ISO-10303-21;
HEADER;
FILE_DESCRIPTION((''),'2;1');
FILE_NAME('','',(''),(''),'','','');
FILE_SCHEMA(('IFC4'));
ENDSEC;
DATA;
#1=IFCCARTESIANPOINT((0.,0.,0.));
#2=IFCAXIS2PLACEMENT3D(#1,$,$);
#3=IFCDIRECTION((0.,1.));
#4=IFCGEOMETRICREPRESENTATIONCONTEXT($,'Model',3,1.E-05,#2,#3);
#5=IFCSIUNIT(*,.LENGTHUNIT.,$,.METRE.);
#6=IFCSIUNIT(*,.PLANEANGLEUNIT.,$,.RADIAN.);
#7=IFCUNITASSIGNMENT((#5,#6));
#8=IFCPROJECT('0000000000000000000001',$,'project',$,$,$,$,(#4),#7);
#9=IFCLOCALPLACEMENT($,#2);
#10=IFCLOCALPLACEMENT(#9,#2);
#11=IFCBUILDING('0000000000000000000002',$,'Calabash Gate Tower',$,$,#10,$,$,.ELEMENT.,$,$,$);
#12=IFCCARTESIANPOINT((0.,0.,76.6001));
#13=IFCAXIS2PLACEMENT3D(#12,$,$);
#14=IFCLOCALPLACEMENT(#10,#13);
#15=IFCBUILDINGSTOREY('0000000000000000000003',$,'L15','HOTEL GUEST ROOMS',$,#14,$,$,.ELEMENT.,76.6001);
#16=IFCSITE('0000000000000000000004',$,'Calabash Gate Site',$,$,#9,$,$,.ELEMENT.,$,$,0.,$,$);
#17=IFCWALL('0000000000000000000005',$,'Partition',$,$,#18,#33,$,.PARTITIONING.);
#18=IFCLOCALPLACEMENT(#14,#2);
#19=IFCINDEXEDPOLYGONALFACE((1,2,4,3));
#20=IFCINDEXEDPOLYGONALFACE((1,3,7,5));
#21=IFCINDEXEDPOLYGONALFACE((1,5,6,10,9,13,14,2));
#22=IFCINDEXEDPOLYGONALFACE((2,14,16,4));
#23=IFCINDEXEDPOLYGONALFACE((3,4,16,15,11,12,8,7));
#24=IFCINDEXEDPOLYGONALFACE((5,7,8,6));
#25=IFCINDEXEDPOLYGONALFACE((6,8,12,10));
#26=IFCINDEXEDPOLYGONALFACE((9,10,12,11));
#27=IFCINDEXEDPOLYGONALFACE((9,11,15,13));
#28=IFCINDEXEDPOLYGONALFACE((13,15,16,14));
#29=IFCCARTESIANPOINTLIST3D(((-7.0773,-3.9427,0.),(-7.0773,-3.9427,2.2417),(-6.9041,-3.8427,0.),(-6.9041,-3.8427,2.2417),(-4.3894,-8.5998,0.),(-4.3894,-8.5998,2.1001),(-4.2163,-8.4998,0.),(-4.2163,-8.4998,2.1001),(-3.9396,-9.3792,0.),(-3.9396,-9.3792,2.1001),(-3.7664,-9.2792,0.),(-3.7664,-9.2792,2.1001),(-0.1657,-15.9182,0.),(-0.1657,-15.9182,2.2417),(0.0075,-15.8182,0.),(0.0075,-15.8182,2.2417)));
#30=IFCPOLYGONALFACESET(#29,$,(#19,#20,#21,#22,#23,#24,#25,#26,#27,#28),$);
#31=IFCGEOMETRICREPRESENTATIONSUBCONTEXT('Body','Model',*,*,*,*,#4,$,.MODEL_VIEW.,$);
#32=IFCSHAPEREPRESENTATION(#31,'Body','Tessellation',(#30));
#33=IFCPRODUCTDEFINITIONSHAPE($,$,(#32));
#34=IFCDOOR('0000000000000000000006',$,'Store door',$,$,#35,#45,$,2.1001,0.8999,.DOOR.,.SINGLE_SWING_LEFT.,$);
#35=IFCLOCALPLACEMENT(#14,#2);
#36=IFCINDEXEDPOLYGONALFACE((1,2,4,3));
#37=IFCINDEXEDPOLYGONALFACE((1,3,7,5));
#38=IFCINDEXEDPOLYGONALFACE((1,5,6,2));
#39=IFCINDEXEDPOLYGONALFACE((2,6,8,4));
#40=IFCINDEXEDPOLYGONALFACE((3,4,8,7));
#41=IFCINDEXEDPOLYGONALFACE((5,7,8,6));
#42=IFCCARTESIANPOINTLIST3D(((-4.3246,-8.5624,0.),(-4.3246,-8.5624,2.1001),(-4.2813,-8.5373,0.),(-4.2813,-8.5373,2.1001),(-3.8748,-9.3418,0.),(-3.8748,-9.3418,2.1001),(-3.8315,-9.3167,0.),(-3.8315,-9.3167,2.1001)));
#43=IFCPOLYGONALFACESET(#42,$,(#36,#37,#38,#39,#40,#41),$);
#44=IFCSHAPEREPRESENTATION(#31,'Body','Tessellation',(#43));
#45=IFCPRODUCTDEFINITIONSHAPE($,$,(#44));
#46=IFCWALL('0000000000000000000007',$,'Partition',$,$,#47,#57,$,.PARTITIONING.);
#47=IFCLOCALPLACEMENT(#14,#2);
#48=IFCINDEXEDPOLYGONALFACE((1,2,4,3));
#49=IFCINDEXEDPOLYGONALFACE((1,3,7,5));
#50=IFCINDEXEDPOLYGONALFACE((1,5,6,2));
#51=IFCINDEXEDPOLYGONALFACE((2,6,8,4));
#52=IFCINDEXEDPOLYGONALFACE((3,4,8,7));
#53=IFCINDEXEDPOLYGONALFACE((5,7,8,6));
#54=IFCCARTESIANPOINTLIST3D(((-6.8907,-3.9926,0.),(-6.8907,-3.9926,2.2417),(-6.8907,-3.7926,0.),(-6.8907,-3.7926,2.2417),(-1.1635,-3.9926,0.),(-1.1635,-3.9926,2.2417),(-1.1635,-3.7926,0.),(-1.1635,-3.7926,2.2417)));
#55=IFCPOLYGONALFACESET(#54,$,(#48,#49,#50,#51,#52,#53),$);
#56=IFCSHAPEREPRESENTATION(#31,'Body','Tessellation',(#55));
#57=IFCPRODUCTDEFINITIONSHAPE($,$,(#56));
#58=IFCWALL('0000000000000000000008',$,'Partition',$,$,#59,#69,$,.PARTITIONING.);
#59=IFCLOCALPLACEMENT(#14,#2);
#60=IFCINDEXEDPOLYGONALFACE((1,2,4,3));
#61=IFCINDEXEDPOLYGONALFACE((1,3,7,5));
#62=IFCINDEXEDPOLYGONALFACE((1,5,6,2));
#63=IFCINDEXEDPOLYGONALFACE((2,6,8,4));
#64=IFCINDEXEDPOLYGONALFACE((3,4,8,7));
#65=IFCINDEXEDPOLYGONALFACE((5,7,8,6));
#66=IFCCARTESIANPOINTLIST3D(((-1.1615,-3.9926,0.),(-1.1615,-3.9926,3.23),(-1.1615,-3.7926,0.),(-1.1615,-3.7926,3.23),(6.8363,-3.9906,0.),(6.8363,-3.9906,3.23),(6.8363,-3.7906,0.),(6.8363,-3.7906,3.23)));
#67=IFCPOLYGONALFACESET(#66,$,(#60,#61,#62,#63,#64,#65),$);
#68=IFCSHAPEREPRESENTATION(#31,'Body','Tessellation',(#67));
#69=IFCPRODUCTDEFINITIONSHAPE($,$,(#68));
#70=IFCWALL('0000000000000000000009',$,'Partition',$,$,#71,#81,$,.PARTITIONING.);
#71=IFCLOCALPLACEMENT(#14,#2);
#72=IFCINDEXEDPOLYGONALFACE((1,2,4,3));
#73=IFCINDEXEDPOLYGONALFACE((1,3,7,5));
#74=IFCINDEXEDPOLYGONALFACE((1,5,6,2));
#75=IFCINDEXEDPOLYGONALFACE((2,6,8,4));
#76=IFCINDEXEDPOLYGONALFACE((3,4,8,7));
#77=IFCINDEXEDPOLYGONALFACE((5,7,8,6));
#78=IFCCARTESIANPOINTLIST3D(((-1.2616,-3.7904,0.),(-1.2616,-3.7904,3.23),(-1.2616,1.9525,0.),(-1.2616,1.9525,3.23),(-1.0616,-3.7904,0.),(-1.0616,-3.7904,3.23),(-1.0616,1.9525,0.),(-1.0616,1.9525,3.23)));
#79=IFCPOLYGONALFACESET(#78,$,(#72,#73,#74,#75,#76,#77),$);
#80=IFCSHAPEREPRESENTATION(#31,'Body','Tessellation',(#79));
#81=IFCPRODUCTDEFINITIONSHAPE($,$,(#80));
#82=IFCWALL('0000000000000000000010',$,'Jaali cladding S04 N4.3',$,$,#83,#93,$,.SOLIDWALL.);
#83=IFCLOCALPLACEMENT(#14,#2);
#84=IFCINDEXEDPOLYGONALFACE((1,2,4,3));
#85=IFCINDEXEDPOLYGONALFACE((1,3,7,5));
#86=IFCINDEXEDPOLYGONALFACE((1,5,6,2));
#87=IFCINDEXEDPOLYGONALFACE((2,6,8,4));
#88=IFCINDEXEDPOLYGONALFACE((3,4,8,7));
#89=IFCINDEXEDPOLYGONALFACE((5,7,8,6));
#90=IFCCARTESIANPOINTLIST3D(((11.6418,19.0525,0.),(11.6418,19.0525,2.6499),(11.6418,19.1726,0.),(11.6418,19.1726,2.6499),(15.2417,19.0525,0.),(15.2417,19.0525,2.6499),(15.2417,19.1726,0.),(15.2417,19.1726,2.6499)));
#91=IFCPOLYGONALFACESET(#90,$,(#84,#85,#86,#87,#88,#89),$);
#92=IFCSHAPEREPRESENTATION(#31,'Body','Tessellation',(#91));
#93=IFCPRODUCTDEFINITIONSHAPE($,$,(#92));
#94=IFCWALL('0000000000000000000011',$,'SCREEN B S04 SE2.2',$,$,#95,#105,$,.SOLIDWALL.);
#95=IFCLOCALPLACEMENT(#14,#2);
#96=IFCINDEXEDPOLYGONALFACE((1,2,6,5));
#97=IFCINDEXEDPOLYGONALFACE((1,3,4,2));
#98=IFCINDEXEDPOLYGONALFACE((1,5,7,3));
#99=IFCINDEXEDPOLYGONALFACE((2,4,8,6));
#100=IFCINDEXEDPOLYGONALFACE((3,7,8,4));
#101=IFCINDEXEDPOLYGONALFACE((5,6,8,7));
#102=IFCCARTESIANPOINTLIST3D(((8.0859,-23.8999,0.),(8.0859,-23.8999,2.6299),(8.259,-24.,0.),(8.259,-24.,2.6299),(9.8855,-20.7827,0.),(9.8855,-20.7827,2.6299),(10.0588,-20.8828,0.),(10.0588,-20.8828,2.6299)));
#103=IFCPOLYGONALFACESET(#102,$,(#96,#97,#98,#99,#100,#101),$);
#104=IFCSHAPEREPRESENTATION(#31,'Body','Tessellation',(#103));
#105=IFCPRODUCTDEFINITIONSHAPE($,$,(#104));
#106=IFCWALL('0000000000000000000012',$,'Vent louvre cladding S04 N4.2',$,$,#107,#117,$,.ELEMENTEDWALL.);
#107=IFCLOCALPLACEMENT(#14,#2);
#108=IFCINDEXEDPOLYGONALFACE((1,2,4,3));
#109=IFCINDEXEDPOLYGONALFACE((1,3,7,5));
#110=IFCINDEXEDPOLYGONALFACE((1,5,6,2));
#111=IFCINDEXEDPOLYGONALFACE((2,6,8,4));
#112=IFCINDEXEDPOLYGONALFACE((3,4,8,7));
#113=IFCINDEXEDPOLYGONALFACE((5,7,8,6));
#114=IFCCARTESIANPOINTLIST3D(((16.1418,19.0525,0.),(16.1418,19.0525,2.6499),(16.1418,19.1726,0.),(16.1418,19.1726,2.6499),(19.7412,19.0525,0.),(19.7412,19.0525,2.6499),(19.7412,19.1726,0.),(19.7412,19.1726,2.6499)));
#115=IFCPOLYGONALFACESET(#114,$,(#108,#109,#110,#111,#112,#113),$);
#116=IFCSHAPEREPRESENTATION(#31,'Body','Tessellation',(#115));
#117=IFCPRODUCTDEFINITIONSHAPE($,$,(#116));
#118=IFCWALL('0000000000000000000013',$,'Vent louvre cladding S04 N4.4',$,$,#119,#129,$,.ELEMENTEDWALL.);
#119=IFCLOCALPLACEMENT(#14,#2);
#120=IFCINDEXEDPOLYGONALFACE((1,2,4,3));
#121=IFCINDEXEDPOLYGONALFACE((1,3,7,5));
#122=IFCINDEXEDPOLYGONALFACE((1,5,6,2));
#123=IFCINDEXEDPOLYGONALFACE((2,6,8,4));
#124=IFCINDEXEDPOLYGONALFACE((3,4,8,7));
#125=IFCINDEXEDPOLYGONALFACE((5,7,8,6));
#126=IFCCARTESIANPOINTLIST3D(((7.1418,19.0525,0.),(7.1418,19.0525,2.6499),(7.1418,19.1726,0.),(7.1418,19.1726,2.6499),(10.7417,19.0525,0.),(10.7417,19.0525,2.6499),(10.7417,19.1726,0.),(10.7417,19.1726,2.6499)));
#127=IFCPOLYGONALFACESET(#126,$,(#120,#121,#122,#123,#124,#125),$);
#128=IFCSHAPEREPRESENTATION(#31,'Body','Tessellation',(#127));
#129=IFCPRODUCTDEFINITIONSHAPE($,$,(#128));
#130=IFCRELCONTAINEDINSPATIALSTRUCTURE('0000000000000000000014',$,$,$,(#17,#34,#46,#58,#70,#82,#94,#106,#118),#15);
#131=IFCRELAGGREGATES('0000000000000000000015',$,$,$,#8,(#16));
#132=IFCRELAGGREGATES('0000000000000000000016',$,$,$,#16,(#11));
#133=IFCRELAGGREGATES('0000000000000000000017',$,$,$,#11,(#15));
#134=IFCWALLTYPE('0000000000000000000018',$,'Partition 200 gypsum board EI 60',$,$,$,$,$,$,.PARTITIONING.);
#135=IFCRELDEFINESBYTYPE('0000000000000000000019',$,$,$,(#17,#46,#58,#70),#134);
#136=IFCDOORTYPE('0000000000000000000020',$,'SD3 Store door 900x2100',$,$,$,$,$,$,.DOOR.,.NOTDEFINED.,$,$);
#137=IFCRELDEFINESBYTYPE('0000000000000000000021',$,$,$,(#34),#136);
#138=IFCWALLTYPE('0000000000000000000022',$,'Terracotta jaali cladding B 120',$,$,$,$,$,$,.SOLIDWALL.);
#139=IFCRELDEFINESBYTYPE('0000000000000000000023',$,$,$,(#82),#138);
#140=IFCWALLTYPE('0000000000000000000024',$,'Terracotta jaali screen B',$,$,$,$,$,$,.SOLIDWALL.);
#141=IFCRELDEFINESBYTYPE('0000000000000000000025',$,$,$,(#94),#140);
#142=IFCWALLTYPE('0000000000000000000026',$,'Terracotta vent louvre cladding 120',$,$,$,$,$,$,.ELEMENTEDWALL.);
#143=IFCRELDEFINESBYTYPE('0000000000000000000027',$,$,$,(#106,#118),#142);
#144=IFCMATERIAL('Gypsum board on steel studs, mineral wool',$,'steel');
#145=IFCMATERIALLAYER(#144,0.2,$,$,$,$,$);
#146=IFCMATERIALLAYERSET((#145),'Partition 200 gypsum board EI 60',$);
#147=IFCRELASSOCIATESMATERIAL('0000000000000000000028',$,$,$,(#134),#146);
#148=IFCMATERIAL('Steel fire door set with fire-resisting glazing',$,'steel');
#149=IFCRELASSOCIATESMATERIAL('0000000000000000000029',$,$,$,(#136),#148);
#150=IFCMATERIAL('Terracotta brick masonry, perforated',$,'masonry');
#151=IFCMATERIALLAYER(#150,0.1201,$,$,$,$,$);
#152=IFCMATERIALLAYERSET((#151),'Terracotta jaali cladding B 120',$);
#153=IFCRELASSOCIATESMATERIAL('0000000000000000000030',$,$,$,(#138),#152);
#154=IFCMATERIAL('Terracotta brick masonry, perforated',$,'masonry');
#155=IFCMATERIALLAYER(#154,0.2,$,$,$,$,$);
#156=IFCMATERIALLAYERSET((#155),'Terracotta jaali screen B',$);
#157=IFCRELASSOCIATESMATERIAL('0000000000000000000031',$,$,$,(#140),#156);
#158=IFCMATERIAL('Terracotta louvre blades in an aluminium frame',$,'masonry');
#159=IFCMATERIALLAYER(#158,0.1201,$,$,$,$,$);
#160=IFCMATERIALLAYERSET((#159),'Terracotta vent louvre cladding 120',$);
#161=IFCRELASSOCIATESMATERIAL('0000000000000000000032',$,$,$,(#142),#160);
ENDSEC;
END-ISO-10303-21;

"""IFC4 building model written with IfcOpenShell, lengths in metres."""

from ifc_helpers import new_model, si_unit, direction, frame, frame_2d, origin, place, context, subcontext, project, spatial, polyline, rectangle, outline, extrude, material, layer, layer_set, type_object, element, fill, save


model = new_model("IFC4")

# Units and contexts
model_context = context("Model", 3, precision=1e-05, world=origin(), true_north=direction((0.0, 1.0)))
body_context = subcontext(model_context, "Body", "Model", "MODEL_VIEW")
ifc_project = project(units=[si_unit("LENGTHUNIT", "METRE"), si_unit("PLANEANGLEUNIT", "RADIAN")], contexts=[model_context])

# Site, building, storey
site_placement = place(None, origin())
site = spatial("IfcSite", under=ifc_project, at=site_placement, Name="Calabash Gate Site", CompositionType="ELEMENT", RefElevation=0.0)
building_placement = place(site_placement, origin())
building = spatial("IfcBuilding", under=site, at=building_placement, Name="Calabash Gate Tower", CompositionType="ELEMENT")
storey_placement = place(building_placement, frame((0.0, 0.0, 76.6001)))
storey = spatial("IfcBuildingStorey", under=building, at=storey_placement, Name="L15", Description="HOTEL GUEST ROOMS", CompositionType="ELEMENT", Elevation=76.6001)

# Shared definitions
ifc_material_1 = material(Name="Gypsum board on steel studs, mineral wool", Category="steel")
ifc_layer_1 = layer(ifc_material_1, 0.2)
ifc_layer_set_1 = layer_set([ifc_layer_1], Name="Partition 200 gypsum board EI 60")
wall_type_1 = type_object("IfcWallType", Name="Partition 200 gypsum board EI 60", PredefinedType="PARTITIONING", material=ifc_layer_set_1)

# Wall, opening, door
wall_1_placement = place(storey_placement, frame((-6.9907, -3.8926, 0.0), z_axis=(0.0, 0.0, 1.0), x_axis=(0.499865, -0.866103, 0.0)))
wall_1 = element("IfcWall", 1, at=wall_1_placement, inside=storey, type_object=wall_type_1, Name="Partition", PredefinedType="PARTITIONING", context=body_context, shape_type="SweptSolid", body=[
    extrude(rectangle(XDim=13.8269, YDim=0.2, at=frame_2d((6.9136, 0.0))), origin(), (0.0, 0.0, 1.0), 2.2417),
])
opening_1_placement = place(wall_1_placement, frame((5.3772, 0.0, 0.0)))
opening_1 = element("IfcOpeningElement", 2, at=opening_1_placement, cuts=wall_1, PredefinedType="OPENING", context=body_context, shape_type="SweptSolid", body=[
    extrude(rectangle(XDim=0.8999, YDim=2.1001, at=frame_2d((0.45, 1.05))), frame((0.0, 0.1099, 0.0), z_axis=(0.0, -1.0, 0.0), x_axis=(1.0, 0.0, 0.0)), (0.0, 0.0, 1.0), 0.22),
])
ifc_material_2 = material(Name="Steel fire door set with fire-resisting glazing", Category="steel")
door_type_1 = type_object("IfcDoorType", Name="SD3 Store door 900x2100", OperationType="NOTDEFINED", PredefinedType="DOOR", material=ifc_material_2)
door_1_placement = place(opening_1_placement, origin())
door_1 = element("IfcDoor", 3, at=door_1_placement, inside=storey, type_object=door_type_1, Name="Store door", OperationType="SINGLE_SWING_LEFT", OverallHeight=2.1001, OverallWidth=0.8999, PredefinedType="DOOR", context=body_context, shape_type="SweptSolid", body=[
    extrude(rectangle(XDim=0.8999, YDim=2.1001, at=frame_2d((0.45, 1.05))), frame((0.0, 0.0249, 0.0), z_axis=(0.0, -1.0, 0.0), x_axis=(1.0, 0.0, 0.0)), (0.0, 0.0, 1.0), 0.05),
])
fill(opening_1, door_1)

# Walls
wall_2_placement = place(storey_placement, frame((-6.8909, -3.8926, 0.0), z_axis=(0.0, 0.0, 1.0), x_axis=(1.0, 0.0, 0.0)))
element("IfcWall", 4, at=wall_2_placement, inside=storey, type_object=wall_type_1, Name="Partition", PredefinedType="PARTITIONING", context=body_context, shape_type="SweptSolid", body=[
    extrude(rectangle(XDim=5.7273, YDim=0.2, at=frame_2d((2.8638, 0.0))), origin(), (0.0, 0.0, 1.0), 2.2417),
])
wall_3_placement = place(storey_placement, frame((-1.1616, -3.8926, 0.0), z_axis=(0.0, 0.0, 1.0), x_axis=(1.0, 0.000244, 0.0)))
element("IfcWall", 5, at=wall_3_placement, inside=storey, type_object=wall_type_1, Name="Partition", PredefinedType="PARTITIONING", context=body_context, shape_type="SweptSolid", body=[
    extrude(rectangle(XDim=7.9978, YDim=0.2, at=frame_2d((3.999, 0.0))), origin(), (0.0, 0.0, 1.0), 3.23),
])
wall_4_placement = place(storey_placement, frame((-1.1616, -3.7905, 0.0), z_axis=(0.0, 0.0, 1.0), x_axis=(0.0, 1.0, 0.0)))
element("IfcWall", 6, at=wall_4_placement, inside=storey, type_object=wall_type_1, Name="Partition", PredefinedType="PARTITIONING", context=body_context, shape_type="SweptSolid", body=[
    extrude(rectangle(XDim=5.7429, YDim=0.2, at=frame_2d((2.8716, 0.0))), origin(), (0.0, 0.0, 1.0), 3.23),
])
ifc_material_3 = material(Name="Terracotta brick masonry, perforated", Category="masonry")
ifc_layer_2 = layer(ifc_material_3, 0.1201)
ifc_layer_set_2 = layer_set([ifc_layer_2], Name="Terracotta jaali cladding B 120")
wall_type_2 = type_object("IfcWallType", Name="Terracotta jaali cladding B 120", PredefinedType="SOLIDWALL", material=ifc_layer_set_2)
wall_5_placement = place(storey_placement, origin())
element("IfcWall", 7, at=wall_5_placement, inside=storey, type_object=wall_type_2, Name="Jaali cladding S04 N4.3", PredefinedType="SOLIDWALL", context=body_context, shape_type="SweptSolid", body=[
    extrude(outline(polyline([(11.6418, 19.1726), (11.6418, 19.0525), (15.2417, 19.0525), (15.2417, 19.1726), (11.6418, 19.1726)])), origin(), (0.0, 0.0, 1.0), 2.6499),
])
ifc_material_4 = material(Name="Terracotta brick masonry, perforated", Category="masonry")
ifc_layer_3 = layer(ifc_material_4, 0.2)
ifc_layer_set_3 = layer_set([ifc_layer_3], Name="Terracotta jaali screen B")
wall_type_3 = type_object("IfcWallType", Name="Terracotta jaali screen B", PredefinedType="SOLIDWALL", material=ifc_layer_set_3)
wall_6_placement = place(storey_placement, origin())
element("IfcWall", 8, at=wall_6_placement, inside=storey, type_object=wall_type_3, Name="SCREEN B S04 SE2.2", PredefinedType="SOLIDWALL", context=body_context, shape_type="SweptSolid", body=[
    extrude(outline(polyline([(8.259, -24.0), (10.0588, -20.8828), (9.8855, -20.7827), (8.0859, -23.8999), (8.259, -24.0)])), origin(), (0.0, 0.0, 1.0), 2.6299),
])
ifc_material_5 = material(Name="Terracotta louvre blades in an aluminium frame", Category="masonry")
ifc_layer_4 = layer(ifc_material_5, 0.1201)
ifc_layer_set_4 = layer_set([ifc_layer_4], Name="Terracotta vent louvre cladding 120")
wall_type_4 = type_object("IfcWallType", Name="Terracotta vent louvre cladding 120", PredefinedType="ELEMENTEDWALL", material=ifc_layer_set_4)
wall_7_placement = place(storey_placement, origin())
element("IfcWall", 9, at=wall_7_placement, inside=storey, type_object=wall_type_4, Name="Vent louvre cladding S04 N4.2", PredefinedType="ELEMENTEDWALL", context=body_context, shape_type="SweptSolid", body=[
    extrude(outline(polyline([(16.1418, 19.1726), (16.1418, 19.0525), (19.7412, 19.0525), (19.7412, 19.1726), (16.1418, 19.1726)])), origin(), (0.0, 0.0, 1.0), 2.6499),
])
wall_8_placement = place(storey_placement, origin())
element("IfcWall", 10, at=wall_8_placement, inside=storey, type_object=wall_type_4, Name="Vent louvre cladding S04 N4.4", PredefinedType="ELEMENTEDWALL", context=body_context, shape_type="SweptSolid", body=[
    extrude(outline(polyline([(7.1418, 19.1726), (7.1418, 19.0525), (10.7417, 19.0525), (10.7417, 19.1726), (7.1418, 19.1726)])), origin(), (0.0, 0.0, 1.0), 2.6499),
])

save(model, "model.ifc")
